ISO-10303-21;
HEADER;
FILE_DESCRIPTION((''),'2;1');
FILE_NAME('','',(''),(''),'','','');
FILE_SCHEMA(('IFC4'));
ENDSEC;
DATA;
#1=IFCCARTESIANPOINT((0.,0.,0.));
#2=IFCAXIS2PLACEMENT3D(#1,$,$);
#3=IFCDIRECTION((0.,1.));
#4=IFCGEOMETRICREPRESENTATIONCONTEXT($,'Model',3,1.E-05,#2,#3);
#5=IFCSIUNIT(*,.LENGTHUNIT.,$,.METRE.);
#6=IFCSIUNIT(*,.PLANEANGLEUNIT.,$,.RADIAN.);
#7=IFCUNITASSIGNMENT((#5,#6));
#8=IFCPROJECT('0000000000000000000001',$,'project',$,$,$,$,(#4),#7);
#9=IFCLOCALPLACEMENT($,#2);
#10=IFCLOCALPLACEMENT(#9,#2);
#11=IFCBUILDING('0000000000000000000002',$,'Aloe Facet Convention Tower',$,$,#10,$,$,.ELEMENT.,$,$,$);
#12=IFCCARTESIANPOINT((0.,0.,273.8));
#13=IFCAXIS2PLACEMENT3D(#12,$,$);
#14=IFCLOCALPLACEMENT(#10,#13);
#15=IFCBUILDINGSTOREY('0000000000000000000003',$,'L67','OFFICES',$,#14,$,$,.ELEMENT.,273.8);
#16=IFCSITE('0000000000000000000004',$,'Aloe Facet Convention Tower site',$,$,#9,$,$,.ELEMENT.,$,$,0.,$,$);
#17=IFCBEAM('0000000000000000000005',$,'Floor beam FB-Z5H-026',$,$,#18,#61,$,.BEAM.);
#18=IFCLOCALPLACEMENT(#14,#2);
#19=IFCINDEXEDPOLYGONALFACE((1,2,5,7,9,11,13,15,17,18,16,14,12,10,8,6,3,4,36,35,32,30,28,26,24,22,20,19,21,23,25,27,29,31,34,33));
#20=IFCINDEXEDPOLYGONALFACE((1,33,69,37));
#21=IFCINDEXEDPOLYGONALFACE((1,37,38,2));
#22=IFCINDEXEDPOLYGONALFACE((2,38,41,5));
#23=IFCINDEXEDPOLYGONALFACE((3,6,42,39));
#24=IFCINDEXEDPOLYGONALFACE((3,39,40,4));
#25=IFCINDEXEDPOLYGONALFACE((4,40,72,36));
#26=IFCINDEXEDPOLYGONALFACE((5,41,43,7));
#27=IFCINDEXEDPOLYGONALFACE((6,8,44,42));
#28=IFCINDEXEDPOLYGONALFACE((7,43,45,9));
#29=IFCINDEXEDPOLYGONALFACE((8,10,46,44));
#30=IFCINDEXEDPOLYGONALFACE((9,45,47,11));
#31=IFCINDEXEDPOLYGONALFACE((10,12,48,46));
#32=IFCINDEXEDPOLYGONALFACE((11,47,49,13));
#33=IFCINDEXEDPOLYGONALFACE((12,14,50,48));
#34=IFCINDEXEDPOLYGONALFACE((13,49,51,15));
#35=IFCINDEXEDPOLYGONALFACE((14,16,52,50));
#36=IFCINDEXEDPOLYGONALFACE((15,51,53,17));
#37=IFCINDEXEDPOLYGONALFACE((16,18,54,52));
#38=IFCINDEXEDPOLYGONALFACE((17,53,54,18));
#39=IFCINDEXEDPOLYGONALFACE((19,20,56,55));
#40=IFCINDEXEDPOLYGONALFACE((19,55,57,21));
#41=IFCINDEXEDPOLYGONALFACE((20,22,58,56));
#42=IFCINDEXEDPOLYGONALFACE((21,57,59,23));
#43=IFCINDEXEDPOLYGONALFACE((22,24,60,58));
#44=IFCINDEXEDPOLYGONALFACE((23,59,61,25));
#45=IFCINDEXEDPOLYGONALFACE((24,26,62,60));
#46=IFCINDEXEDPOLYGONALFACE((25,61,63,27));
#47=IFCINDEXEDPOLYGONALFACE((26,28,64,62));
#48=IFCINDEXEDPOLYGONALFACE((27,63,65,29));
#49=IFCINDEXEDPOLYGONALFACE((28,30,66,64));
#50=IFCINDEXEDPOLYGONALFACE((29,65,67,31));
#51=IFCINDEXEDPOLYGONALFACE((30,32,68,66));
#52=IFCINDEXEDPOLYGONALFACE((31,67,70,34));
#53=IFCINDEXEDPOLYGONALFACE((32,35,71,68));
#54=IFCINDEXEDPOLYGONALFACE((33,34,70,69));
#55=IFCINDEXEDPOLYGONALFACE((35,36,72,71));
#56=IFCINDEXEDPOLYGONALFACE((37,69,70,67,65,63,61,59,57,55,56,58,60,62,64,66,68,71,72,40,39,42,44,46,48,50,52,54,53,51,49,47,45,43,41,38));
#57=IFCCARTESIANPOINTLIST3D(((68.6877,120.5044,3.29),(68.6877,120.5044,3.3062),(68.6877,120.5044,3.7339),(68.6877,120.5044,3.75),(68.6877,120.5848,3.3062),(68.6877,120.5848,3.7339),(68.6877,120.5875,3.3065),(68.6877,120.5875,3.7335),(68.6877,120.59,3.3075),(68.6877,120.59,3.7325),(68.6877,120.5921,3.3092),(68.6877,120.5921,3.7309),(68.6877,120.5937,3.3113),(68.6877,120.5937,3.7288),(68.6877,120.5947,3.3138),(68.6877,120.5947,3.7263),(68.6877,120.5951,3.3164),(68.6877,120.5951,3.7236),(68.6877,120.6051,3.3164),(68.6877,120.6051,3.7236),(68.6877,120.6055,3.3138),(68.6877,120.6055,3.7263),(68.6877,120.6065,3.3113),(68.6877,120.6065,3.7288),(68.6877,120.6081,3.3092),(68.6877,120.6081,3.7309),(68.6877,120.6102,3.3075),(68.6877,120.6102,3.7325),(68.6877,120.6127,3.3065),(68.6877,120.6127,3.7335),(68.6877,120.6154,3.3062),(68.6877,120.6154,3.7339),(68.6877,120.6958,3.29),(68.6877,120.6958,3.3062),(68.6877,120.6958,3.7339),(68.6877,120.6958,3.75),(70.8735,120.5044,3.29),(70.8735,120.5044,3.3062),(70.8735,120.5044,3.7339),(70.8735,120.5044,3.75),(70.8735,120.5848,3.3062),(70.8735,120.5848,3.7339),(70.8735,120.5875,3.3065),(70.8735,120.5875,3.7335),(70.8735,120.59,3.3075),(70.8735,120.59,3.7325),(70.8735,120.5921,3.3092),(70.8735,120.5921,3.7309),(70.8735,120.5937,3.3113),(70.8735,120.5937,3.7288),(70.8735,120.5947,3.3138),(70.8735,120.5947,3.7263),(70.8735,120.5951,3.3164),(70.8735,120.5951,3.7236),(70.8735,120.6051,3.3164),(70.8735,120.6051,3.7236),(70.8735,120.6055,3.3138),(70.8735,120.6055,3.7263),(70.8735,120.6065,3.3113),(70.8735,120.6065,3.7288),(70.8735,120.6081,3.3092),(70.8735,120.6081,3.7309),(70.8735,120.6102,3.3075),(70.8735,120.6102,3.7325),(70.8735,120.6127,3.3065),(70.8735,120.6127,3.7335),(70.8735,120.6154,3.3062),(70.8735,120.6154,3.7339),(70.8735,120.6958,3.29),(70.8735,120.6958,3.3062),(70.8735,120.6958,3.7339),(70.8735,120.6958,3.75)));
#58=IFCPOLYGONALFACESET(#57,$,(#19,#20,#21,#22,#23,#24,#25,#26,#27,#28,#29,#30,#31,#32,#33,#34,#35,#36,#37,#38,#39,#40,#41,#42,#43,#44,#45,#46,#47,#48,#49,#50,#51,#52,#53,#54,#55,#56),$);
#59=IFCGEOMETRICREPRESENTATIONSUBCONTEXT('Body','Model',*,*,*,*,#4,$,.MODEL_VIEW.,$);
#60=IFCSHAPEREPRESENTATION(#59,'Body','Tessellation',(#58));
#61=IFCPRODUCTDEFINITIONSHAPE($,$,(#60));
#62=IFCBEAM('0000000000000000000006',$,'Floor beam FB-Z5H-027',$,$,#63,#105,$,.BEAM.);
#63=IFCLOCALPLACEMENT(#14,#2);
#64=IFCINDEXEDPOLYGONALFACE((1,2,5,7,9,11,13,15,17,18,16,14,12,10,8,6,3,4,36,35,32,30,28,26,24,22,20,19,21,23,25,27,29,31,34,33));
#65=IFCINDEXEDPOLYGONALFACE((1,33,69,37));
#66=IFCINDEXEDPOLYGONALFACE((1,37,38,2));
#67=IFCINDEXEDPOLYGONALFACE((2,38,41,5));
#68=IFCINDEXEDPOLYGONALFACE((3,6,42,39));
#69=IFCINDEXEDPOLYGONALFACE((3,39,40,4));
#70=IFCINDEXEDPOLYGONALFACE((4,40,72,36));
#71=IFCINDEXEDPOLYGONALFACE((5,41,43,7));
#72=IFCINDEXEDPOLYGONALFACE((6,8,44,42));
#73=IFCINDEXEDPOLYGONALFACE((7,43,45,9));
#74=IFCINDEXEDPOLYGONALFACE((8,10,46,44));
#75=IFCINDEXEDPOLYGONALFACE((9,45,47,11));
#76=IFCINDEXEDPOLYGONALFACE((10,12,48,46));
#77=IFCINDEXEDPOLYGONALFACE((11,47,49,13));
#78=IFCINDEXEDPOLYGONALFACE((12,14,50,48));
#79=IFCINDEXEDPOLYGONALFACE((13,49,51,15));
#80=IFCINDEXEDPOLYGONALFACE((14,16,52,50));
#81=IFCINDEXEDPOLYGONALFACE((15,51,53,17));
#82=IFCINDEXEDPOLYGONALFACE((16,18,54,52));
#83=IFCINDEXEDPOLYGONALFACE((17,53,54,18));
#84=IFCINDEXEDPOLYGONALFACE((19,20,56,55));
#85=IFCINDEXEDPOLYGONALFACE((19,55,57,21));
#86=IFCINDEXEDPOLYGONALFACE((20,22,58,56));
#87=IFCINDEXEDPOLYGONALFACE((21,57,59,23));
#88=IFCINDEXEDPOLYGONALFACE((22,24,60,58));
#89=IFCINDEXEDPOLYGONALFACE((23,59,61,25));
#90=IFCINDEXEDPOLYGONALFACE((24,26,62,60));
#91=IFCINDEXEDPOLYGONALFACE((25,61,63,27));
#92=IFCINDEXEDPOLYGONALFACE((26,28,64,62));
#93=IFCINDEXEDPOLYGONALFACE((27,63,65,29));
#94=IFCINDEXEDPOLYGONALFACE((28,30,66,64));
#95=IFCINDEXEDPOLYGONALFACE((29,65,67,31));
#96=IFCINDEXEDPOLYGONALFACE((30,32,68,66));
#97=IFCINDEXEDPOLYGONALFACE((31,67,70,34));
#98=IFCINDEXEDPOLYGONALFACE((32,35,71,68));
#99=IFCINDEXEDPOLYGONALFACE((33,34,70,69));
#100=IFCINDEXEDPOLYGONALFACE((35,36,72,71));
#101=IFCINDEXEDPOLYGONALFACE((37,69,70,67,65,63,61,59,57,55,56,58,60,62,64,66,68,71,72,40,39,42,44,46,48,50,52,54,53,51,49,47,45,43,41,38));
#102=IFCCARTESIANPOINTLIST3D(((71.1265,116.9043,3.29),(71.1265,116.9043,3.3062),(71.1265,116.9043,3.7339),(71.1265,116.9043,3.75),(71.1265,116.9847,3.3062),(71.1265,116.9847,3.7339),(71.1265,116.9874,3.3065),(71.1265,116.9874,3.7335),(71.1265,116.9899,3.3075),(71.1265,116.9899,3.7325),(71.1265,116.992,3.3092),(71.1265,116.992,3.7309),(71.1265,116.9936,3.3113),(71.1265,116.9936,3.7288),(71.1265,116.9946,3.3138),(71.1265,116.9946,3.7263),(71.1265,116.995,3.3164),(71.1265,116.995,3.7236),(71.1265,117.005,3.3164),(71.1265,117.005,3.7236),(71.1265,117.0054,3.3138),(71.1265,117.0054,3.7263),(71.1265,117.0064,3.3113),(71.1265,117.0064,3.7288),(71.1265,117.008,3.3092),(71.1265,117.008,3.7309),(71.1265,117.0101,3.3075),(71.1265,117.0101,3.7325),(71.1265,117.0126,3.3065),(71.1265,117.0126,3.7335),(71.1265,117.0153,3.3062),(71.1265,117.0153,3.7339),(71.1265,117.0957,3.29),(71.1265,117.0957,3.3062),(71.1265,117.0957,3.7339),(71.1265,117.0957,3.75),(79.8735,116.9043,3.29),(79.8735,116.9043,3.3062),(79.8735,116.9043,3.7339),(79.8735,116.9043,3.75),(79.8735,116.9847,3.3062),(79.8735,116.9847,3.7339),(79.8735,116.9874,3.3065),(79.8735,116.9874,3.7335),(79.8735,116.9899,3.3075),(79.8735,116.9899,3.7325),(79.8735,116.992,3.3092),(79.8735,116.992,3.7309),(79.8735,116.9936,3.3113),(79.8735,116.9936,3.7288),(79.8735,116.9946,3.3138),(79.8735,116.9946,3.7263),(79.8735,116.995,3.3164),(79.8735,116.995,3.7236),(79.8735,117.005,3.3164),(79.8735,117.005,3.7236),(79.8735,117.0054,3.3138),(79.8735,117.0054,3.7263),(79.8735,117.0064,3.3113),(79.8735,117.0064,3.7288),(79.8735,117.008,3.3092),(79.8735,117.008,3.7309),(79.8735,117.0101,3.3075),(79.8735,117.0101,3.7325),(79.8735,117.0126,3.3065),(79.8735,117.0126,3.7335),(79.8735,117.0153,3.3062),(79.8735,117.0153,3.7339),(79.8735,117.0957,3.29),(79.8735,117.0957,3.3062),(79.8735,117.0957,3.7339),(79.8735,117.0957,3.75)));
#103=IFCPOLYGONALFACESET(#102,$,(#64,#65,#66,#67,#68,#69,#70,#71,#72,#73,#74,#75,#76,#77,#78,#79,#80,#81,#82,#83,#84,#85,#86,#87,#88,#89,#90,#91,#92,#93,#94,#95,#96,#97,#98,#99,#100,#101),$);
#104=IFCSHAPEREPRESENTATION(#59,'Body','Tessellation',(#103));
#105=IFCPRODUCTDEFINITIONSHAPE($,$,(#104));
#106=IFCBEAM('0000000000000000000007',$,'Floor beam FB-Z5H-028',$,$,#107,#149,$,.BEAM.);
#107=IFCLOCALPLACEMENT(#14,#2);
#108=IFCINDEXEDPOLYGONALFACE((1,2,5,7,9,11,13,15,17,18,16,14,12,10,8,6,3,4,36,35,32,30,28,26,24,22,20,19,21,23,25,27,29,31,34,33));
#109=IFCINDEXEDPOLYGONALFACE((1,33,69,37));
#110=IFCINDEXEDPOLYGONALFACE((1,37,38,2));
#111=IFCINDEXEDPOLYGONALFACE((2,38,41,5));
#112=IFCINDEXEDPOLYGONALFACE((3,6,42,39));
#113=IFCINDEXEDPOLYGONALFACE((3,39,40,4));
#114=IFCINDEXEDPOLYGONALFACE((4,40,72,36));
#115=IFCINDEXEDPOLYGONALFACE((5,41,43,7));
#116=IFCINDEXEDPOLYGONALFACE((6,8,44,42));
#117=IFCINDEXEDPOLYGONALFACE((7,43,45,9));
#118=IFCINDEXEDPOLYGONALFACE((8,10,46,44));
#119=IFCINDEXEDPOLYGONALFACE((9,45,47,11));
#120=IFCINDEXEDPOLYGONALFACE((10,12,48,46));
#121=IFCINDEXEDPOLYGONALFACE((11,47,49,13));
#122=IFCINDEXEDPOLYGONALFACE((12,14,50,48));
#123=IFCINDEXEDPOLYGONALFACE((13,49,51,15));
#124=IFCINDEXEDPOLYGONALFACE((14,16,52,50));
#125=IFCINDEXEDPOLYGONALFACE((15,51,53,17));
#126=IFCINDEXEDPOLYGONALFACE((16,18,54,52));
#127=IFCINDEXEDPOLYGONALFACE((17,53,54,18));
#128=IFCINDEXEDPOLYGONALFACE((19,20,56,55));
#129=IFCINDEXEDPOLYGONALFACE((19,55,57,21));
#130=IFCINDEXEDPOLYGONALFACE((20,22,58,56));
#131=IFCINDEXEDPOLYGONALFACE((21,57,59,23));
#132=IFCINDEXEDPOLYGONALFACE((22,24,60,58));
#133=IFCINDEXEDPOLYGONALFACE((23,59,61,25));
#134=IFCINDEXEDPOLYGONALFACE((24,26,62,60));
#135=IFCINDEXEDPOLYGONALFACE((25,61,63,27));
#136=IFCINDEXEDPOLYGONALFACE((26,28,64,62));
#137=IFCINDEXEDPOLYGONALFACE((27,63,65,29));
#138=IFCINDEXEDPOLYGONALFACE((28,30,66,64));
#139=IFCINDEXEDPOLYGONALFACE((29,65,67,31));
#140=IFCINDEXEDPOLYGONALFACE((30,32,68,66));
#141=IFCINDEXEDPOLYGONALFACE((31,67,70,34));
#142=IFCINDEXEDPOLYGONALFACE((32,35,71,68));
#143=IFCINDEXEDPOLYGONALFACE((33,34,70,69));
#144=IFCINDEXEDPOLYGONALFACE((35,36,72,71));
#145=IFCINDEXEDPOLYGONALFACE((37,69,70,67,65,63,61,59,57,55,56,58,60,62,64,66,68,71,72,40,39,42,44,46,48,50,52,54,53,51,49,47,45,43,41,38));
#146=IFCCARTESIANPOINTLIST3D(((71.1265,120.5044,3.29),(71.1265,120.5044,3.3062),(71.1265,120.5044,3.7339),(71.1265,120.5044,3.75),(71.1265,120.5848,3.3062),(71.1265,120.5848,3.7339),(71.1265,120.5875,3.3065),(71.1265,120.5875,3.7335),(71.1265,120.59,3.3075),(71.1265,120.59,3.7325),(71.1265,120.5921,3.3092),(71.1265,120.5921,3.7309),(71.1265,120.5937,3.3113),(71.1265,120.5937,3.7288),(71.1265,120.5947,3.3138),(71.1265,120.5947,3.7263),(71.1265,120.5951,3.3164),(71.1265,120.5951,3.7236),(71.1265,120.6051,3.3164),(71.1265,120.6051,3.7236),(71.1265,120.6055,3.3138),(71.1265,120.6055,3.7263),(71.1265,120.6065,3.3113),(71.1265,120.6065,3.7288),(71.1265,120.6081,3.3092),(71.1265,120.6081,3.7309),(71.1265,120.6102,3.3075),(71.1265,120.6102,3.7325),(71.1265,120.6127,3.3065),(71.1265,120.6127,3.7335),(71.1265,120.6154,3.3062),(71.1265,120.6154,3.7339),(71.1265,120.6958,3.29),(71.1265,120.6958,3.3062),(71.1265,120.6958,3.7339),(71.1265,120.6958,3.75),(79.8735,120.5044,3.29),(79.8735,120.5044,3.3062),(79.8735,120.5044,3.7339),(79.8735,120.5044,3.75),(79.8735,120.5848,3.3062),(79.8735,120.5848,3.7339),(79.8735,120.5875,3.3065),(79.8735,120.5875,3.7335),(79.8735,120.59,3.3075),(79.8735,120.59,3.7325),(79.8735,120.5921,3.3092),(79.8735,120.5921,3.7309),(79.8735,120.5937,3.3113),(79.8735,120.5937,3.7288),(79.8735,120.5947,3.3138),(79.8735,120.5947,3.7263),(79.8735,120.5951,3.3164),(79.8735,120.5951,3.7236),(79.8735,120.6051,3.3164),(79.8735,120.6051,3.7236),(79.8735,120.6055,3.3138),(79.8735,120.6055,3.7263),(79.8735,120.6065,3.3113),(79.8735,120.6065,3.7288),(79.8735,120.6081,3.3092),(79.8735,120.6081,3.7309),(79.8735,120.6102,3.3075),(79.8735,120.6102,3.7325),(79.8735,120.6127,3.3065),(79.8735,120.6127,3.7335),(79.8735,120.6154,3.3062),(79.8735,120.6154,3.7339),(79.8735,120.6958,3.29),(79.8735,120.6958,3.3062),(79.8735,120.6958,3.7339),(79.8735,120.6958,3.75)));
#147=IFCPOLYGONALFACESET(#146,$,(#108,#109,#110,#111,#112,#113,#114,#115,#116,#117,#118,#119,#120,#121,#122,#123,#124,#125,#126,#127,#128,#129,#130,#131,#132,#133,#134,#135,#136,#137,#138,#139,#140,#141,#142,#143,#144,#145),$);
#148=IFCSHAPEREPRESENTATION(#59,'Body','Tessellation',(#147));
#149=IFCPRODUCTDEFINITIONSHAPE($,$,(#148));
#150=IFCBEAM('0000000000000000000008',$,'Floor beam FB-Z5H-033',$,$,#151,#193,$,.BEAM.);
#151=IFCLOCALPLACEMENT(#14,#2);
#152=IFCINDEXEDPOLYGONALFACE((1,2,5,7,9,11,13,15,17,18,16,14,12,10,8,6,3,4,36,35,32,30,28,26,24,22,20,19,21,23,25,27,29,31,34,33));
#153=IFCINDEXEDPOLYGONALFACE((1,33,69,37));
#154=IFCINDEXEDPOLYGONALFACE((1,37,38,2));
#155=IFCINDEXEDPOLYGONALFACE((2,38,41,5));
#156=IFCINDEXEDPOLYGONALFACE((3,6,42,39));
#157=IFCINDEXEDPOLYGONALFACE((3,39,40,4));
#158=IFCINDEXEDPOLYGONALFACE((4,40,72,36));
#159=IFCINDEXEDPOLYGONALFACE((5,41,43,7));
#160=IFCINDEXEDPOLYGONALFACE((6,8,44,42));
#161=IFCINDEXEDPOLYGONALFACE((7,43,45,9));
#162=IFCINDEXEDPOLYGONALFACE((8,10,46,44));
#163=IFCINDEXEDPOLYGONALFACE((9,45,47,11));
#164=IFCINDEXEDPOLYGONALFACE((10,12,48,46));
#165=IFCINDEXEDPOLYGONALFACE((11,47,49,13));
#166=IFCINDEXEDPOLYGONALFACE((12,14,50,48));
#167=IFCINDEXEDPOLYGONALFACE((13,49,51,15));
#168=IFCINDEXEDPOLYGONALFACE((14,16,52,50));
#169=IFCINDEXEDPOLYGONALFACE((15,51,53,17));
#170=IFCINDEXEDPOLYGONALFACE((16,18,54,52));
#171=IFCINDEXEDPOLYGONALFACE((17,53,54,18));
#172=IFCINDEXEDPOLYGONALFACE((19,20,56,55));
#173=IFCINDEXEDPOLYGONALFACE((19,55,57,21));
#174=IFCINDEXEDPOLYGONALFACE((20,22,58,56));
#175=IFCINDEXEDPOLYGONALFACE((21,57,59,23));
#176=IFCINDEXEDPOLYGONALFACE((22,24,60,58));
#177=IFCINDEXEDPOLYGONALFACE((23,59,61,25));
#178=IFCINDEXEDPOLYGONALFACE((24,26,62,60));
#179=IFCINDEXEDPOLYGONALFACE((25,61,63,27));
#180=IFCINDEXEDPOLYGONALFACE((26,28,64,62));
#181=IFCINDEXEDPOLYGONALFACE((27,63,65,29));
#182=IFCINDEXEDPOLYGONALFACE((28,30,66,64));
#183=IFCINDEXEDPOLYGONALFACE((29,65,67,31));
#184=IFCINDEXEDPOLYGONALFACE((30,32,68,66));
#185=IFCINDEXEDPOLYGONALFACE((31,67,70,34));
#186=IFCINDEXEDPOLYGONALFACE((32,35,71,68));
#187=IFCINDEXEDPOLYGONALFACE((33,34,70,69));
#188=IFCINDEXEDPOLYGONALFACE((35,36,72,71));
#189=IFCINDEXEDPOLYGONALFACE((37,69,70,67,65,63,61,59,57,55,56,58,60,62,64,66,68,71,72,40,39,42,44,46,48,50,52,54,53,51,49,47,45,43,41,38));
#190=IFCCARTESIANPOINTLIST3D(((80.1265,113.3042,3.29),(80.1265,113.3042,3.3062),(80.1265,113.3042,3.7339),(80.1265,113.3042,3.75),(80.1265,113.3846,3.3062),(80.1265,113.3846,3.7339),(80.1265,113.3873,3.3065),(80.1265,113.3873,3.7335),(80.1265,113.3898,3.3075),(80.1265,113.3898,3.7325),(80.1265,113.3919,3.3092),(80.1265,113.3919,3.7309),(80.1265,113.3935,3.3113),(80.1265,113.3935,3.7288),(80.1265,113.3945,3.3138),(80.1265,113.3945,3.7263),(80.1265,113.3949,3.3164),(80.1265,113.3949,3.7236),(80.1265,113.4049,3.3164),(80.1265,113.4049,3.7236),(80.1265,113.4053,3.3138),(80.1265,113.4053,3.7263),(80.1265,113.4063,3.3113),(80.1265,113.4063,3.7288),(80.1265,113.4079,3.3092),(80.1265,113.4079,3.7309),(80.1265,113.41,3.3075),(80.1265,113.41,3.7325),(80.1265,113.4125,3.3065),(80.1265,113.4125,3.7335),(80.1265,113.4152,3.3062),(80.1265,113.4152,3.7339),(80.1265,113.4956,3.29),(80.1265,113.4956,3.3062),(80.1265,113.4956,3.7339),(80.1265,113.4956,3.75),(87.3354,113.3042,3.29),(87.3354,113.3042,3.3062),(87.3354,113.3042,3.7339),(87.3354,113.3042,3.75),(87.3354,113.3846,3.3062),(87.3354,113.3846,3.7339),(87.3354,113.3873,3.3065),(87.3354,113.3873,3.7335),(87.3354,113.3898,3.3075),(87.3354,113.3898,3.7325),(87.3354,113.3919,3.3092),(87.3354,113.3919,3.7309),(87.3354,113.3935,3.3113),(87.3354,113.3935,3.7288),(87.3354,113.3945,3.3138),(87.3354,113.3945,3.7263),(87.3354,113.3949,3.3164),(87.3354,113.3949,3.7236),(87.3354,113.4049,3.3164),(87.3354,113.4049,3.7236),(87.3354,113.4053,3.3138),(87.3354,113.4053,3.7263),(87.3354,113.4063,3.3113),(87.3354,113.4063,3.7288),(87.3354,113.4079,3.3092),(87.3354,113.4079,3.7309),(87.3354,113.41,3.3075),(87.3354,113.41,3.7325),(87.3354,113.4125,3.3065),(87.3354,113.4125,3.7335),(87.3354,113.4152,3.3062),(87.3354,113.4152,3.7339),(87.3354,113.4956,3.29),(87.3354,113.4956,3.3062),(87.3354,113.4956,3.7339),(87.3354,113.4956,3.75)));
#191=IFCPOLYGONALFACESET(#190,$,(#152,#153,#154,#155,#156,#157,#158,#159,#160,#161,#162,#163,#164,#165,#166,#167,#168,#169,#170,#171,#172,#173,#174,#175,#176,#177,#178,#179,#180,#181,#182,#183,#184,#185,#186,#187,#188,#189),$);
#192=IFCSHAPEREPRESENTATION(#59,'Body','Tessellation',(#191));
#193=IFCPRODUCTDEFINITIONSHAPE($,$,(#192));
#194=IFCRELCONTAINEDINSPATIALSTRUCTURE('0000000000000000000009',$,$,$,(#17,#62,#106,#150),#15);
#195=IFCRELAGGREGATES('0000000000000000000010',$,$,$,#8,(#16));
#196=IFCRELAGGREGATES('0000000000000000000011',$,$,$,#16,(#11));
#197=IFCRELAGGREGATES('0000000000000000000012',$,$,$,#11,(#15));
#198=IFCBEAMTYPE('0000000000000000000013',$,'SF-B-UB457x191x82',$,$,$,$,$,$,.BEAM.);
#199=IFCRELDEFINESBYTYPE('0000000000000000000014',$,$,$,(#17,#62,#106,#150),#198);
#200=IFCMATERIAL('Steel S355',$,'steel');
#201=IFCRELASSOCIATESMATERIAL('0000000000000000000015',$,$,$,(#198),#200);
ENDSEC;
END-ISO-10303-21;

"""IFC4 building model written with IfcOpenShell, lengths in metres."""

from ifc_helpers import new_model, si_unit, direction, frame, origin, origin_2d, place, context, subcontext, project, spatial, i_section, extrude, material, material_profile, profile_set, type_object, element, save


model = new_model("IFC4")

# Units and contexts
model_context = context("Model", 3, precision=1e-05, world=origin(), true_north=direction((0.0, 1.0)))
body_context = subcontext(model_context, "Body", "Model", "MODEL_VIEW")
ifc_project = project(units=[si_unit("LENGTHUNIT", "METRE"), si_unit("PLANEANGLEUNIT", "RADIAN")], contexts=[model_context])

# Site, building, storey
site_placement = place(None, origin())
site = spatial("IfcSite", under=ifc_project, at=site_placement, Name="Aloe Facet Convention Tower site", CompositionType="ELEMENT", RefElevation=0.0)
building_placement = place(site_placement, origin())
building = spatial("IfcBuilding", under=site, at=building_placement, Name="Aloe Facet Convention Tower", CompositionType="ELEMENT")
storey_placement = place(building_placement, frame((0.0, 0.0, 273.8)))
storey = spatial("IfcBuildingStorey", under=building, at=storey_placement, Name="L67", Description="OFFICES", CompositionType="ELEMENT", Elevation=273.8)

# Beams
ifc_material_1 = material(Name="Steel S355", Category="steel")
ifc_material_profile_1 = material_profile(ifc_material_1, i_section(OverallWidth=0.1914, OverallDepth=0.46, WebThickness=0.01, FlangeThickness=0.0161, FilletRadius=0.0103, at=origin_2d()), Name="UB 457x191x82")
ifc_profile_set_1 = profile_set([ifc_material_profile_1], Name="Steel S355")
beam_type_1 = type_object("IfcBeamType", Name="SF-B-UB457x191x82", PredefinedType="BEAM", material=ifc_profile_set_1)
beam_1_placement = place(storey_placement, frame((68.6877, 120.6001, 3.52), z_axis=(1.0, 0.0, 0.0), x_axis=(0.0, 1.0, 0.0)))
element("IfcBeam", 1, at=beam_1_placement, inside=storey, type_object=beam_type_1, Name="Floor beam FB-Z5H-026", PredefinedType="BEAM", context=body_context, shape_type="SweptSolid", body=[
    extrude(i_section(OverallWidth=0.1914, OverallDepth=0.46, WebThickness=0.01, FlangeThickness=0.0161, FilletRadius=0.0103, at=origin_2d()), origin(), (0.0, 0.0, 1.0), 2.1858),
])
for number, where, z_axis, x_axis, name in (
    (2, (71.1265, 117.0, 3.52), (1.0, 0.0, 0.0), (0.0, 1.0, 0.0), "Floor beam FB-Z5H-027"),
    (3, (71.1265, 120.6001, 3.52), (1.0, 0.0, 0.0), (0.0, 1.0, 0.0), "Floor beam FB-Z5H-028"),
):
    element("IfcBeam", number, at=place(storey_placement, frame(where, z_axis=z_axis, x_axis=x_axis)), inside=storey, type_object=beam_type_1, Name=name, PredefinedType="BEAM", context=body_context, shape_type="SweptSolid", body=[
        extrude(i_section(OverallWidth=0.1914, OverallDepth=0.46, WebThickness=0.01, FlangeThickness=0.0161, FilletRadius=0.0103, at=origin_2d()), origin(), (0.0, 0.0, 1.0), 8.7471),
    ])
beam_2_placement = place(storey_placement, frame((80.1265, 113.3999, 3.52), z_axis=(1.0, 0.0, 0.0), x_axis=(0.0, 1.0, 0.0)))
element("IfcBeam", 4, at=beam_2_placement, inside=storey, type_object=beam_type_1, Name="Floor beam FB-Z5H-033", PredefinedType="BEAM", context=body_context, shape_type="SweptSolid", body=[
    extrude(i_section(OverallWidth=0.1914, OverallDepth=0.46, WebThickness=0.01, FlangeThickness=0.0161, FilletRadius=0.0103, at=origin_2d()), origin(), (0.0, 0.0, 1.0), 7.209),
])

save(model, "model.ifc")
